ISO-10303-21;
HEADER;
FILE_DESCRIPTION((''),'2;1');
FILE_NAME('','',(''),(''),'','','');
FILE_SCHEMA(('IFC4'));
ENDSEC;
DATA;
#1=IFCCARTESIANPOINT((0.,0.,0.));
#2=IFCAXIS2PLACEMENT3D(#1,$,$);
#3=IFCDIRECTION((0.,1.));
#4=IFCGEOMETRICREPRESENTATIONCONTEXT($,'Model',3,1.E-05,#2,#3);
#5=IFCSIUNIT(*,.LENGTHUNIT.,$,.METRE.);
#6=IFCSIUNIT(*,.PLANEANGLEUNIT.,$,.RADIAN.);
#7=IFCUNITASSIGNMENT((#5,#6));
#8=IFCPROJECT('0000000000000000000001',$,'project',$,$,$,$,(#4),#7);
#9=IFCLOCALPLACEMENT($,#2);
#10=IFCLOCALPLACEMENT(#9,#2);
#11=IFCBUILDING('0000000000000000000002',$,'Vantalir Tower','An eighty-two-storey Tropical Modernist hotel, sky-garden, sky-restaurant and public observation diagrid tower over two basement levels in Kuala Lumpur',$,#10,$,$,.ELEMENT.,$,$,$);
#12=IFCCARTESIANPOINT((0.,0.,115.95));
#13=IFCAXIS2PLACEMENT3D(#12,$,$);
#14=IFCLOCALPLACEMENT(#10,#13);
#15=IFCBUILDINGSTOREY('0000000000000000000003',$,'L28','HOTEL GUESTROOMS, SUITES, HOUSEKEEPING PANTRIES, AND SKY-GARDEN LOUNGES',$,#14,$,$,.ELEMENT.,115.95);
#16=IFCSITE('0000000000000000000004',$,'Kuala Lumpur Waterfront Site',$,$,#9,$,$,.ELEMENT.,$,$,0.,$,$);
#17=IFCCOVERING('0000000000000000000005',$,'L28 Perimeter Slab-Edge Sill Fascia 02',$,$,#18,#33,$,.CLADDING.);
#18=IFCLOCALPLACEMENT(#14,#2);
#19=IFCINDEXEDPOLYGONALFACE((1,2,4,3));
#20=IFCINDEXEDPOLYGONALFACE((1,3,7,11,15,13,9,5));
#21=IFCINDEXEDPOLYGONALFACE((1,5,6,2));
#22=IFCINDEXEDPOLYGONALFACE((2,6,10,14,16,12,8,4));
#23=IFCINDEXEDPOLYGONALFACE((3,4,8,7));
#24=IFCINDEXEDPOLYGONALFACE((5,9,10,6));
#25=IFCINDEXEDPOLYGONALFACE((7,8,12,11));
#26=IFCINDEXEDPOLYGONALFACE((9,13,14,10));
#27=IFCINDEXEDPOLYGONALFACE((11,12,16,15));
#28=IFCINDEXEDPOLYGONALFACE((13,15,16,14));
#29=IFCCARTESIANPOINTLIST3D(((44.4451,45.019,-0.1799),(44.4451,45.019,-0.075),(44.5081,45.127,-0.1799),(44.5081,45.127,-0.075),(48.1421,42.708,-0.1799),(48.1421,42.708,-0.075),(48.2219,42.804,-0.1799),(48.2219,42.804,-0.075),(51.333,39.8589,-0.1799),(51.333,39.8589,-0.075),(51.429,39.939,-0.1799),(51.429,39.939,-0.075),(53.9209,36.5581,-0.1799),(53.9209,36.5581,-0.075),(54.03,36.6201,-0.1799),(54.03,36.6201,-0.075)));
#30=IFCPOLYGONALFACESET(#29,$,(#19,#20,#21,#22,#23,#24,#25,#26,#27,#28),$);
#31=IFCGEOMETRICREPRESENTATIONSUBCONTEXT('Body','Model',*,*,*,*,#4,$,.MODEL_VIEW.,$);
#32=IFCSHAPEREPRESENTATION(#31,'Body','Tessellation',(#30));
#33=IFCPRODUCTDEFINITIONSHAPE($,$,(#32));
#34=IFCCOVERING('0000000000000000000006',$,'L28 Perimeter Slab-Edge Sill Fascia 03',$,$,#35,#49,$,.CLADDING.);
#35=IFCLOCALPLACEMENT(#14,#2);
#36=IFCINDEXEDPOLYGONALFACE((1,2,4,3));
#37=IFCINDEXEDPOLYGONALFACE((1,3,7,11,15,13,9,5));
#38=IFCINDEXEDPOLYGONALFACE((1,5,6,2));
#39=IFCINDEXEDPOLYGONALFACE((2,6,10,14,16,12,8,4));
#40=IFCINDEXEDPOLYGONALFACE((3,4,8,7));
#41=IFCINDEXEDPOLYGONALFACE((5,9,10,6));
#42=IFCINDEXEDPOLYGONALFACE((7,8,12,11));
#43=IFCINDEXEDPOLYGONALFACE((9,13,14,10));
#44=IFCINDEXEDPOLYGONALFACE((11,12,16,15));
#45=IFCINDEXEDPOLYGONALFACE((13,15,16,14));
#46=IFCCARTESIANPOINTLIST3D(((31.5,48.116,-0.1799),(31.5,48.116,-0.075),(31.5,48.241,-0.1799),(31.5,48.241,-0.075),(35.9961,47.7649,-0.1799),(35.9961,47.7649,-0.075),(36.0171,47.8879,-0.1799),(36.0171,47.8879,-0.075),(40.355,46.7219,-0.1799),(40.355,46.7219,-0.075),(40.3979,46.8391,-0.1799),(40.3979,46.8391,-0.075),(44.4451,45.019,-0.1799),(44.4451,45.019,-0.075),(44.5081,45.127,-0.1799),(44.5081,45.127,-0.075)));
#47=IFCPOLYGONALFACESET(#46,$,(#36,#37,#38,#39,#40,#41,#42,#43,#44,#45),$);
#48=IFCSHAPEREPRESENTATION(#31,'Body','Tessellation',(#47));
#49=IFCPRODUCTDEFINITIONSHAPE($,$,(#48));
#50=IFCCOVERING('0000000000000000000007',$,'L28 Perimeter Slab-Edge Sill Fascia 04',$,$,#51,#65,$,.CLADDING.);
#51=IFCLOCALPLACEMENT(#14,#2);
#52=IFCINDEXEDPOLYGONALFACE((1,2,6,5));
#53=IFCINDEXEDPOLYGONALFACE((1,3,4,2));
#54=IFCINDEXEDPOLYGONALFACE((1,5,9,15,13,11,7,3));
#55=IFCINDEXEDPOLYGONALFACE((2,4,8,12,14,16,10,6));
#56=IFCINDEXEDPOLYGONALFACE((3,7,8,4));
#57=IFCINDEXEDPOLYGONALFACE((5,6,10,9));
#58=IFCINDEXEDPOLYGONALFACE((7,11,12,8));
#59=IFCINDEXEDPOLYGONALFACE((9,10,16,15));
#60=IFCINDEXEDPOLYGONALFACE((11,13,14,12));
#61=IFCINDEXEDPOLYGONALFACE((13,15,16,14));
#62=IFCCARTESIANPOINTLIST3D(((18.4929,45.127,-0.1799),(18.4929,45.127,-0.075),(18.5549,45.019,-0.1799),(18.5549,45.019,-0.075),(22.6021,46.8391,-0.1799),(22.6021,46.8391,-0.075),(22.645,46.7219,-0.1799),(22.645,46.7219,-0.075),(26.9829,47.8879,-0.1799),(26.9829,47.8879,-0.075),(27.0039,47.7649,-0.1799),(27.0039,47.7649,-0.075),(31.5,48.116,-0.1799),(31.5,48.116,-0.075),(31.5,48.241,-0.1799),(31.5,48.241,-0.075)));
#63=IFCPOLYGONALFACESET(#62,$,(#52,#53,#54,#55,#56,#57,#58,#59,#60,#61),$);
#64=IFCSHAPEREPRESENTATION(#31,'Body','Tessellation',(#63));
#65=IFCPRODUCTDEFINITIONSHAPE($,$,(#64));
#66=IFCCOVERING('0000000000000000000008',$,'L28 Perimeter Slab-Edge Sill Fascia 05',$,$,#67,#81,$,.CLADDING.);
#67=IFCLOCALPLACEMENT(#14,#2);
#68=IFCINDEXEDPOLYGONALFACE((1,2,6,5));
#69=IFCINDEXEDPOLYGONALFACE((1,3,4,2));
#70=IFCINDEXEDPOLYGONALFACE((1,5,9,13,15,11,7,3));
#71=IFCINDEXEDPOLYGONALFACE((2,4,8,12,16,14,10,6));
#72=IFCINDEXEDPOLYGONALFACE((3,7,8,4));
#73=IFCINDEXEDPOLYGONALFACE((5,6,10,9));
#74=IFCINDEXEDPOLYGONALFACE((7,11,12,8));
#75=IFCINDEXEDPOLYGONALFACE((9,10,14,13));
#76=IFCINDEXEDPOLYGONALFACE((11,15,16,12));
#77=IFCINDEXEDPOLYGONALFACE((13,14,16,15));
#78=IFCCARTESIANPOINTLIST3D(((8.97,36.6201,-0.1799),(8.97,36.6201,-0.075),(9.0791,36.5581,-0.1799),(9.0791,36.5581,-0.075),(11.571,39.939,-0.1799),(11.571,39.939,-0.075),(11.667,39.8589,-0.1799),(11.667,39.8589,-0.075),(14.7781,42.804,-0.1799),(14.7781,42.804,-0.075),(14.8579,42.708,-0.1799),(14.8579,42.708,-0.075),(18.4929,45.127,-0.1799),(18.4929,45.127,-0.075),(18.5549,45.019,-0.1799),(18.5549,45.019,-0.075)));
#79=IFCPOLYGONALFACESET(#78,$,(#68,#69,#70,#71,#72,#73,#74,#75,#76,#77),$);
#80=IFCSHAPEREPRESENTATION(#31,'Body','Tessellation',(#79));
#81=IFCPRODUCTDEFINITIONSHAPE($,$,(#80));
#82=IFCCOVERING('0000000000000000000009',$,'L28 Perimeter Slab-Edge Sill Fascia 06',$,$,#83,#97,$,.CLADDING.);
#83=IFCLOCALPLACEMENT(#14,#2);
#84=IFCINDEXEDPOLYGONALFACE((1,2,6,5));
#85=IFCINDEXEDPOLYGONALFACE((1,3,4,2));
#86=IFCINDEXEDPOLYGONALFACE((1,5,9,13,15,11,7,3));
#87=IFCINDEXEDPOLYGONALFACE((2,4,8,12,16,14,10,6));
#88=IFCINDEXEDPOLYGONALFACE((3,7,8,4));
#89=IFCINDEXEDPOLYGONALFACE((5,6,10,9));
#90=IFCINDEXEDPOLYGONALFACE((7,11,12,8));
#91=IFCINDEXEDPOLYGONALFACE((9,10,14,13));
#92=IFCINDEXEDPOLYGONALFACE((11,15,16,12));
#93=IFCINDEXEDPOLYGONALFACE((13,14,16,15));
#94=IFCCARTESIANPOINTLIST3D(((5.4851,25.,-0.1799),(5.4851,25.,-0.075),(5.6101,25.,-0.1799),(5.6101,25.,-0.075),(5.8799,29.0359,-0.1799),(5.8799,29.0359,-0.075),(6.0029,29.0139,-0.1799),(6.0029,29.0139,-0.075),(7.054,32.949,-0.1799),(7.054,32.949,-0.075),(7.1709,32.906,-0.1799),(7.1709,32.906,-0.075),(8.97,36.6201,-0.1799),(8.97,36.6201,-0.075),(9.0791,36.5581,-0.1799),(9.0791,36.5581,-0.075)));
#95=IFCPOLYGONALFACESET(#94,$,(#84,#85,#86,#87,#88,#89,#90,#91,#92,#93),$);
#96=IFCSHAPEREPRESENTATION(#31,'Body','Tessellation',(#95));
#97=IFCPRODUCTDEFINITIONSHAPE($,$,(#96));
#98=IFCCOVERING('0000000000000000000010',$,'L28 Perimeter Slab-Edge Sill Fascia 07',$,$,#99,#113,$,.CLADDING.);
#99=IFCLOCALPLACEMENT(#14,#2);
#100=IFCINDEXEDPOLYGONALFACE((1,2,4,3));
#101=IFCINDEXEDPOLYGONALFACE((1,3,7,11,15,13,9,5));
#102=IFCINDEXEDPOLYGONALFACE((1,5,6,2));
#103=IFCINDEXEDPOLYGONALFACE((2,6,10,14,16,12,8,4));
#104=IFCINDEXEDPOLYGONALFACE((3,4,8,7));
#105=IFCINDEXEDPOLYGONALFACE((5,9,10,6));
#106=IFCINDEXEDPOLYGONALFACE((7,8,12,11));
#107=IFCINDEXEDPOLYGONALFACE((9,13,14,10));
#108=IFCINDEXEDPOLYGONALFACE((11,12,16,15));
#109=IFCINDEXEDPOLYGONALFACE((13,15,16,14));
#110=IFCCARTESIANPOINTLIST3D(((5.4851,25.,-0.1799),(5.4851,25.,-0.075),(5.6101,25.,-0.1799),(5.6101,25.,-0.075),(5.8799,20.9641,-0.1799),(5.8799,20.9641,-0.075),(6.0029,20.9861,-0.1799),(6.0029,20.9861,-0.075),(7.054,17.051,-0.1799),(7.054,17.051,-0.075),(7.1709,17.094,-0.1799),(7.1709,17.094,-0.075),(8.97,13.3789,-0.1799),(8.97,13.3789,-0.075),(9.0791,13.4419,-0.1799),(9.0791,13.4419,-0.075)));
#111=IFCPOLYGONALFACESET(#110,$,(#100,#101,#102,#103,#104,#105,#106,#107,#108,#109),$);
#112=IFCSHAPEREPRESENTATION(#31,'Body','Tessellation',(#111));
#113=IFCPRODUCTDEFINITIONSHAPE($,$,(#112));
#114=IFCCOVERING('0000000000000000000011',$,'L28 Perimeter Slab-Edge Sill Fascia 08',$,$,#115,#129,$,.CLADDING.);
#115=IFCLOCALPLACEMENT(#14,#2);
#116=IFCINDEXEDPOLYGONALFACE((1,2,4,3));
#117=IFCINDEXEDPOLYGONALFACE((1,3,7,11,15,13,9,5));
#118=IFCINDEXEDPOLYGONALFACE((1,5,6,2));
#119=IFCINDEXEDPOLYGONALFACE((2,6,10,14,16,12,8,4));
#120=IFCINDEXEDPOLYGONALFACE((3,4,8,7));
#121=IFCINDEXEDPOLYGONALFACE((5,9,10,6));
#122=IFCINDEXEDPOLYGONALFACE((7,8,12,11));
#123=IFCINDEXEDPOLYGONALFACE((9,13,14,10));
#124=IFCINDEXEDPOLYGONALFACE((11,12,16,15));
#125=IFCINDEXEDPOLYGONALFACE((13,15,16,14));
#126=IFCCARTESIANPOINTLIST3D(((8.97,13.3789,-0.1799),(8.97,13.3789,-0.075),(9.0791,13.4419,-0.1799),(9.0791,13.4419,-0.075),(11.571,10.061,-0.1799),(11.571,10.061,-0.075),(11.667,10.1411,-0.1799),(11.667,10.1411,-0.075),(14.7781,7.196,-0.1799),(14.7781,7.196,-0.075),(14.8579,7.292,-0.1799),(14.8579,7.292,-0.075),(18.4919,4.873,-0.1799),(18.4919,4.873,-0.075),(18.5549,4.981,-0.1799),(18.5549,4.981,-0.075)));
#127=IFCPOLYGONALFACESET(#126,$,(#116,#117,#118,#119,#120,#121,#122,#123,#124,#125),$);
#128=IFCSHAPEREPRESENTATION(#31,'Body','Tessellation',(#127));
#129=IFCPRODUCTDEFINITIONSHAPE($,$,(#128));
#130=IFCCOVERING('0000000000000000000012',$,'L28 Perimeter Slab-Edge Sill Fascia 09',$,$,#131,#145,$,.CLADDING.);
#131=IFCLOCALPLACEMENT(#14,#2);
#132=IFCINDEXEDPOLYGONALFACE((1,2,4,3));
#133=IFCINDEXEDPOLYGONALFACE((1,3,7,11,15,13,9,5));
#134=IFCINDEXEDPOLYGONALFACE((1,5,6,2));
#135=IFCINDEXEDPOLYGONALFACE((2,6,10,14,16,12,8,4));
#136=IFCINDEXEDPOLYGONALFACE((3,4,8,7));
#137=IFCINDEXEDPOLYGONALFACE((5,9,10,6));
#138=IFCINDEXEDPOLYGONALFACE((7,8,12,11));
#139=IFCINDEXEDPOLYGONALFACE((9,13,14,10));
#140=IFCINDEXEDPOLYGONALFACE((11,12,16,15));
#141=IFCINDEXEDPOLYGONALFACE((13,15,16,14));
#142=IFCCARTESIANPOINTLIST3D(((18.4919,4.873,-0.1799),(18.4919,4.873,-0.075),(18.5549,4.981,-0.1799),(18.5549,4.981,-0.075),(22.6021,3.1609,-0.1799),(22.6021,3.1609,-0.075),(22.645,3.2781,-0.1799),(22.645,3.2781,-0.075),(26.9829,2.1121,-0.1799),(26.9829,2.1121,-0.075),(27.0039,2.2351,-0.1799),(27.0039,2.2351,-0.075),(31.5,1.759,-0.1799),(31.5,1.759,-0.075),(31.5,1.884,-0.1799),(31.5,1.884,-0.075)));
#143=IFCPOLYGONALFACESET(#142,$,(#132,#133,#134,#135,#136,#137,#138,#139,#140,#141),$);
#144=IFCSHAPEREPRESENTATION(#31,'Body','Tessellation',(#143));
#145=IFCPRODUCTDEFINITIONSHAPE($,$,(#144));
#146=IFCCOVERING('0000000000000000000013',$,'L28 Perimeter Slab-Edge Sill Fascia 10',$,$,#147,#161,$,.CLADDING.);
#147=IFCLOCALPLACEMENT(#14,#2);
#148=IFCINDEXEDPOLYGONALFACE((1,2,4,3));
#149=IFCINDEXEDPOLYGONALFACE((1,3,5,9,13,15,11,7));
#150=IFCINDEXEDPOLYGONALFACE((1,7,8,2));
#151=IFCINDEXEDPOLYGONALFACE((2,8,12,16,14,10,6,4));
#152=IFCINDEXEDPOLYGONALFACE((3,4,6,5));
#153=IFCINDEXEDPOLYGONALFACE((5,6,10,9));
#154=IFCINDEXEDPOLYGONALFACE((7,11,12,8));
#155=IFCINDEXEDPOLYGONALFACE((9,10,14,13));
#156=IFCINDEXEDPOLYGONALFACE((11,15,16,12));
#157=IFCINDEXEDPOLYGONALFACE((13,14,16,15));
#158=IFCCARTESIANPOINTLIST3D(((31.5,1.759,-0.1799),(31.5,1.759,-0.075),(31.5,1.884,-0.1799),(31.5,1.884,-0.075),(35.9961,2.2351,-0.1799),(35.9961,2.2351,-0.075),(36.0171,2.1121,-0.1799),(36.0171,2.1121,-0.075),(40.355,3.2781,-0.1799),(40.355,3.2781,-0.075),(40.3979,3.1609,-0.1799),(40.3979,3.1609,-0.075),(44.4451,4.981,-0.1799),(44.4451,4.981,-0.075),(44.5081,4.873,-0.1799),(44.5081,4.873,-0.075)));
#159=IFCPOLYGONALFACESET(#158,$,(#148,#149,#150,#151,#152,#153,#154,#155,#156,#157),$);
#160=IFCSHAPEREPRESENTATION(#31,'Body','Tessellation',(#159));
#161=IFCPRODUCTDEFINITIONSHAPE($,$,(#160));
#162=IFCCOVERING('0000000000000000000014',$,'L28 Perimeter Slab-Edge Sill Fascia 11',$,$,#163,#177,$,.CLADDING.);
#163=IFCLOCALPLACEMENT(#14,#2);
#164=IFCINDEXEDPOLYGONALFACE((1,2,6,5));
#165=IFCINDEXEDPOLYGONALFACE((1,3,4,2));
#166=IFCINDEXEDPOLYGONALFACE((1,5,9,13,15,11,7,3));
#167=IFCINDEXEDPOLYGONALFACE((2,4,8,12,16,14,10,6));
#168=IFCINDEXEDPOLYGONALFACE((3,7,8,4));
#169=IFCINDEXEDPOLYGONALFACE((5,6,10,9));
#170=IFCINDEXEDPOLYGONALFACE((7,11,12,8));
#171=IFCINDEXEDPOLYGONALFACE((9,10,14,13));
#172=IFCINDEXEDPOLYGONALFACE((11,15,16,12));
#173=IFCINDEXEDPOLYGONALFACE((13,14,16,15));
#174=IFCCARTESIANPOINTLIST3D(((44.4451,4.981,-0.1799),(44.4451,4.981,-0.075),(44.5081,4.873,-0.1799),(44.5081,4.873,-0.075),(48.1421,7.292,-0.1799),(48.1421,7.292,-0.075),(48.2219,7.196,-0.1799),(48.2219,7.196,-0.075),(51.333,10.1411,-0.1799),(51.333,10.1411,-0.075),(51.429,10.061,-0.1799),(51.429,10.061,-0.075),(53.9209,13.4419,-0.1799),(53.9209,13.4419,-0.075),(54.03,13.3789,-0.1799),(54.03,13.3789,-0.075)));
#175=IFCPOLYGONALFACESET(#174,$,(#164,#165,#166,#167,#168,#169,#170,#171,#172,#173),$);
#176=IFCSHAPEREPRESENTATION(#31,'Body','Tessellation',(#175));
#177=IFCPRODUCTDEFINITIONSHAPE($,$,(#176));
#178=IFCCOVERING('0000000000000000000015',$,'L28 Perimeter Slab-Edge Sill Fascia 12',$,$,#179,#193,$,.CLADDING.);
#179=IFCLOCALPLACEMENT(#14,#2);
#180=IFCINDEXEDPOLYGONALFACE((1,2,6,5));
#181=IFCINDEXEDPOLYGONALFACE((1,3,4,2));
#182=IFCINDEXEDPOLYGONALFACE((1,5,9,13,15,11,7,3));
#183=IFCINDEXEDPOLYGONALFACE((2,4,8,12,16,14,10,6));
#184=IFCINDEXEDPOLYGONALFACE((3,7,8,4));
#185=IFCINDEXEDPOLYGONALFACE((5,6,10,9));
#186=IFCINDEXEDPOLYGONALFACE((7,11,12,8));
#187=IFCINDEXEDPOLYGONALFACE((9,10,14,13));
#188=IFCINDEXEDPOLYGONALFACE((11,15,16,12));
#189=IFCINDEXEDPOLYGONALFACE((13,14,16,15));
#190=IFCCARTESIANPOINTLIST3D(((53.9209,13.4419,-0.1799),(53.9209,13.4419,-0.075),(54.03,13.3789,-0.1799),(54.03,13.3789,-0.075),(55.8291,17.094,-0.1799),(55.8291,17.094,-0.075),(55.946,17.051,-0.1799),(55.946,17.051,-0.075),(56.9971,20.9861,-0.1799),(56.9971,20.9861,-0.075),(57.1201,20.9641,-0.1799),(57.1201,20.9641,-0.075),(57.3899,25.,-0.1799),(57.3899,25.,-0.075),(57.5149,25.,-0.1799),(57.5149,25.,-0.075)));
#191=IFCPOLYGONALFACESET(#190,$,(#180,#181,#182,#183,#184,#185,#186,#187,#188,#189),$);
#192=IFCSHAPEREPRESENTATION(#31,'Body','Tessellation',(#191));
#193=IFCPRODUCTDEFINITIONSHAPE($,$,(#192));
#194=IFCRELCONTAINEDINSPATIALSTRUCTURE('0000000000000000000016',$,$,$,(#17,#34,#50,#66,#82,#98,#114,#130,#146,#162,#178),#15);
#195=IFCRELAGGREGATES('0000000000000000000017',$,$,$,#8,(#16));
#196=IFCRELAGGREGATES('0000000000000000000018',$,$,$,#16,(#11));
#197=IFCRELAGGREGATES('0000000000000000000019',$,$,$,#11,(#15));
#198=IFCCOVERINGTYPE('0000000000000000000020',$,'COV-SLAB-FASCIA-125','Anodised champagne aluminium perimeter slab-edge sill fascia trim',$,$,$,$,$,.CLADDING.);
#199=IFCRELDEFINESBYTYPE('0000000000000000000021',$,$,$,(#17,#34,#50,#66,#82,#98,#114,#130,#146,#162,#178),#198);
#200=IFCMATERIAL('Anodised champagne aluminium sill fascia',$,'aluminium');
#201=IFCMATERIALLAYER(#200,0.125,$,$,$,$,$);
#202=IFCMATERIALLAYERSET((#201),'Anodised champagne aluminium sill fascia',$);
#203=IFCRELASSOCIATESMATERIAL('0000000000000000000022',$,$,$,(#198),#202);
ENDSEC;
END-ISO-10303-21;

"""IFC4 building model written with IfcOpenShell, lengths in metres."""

from ifc_helpers import new_model, si_unit, direction, frame, origin, place, context, subcontext, project, spatial, polyline, outline, extrude, material, layer, layer_set, type_object, element, save


model = new_model("IFC4")

# Units and contexts
model_context = context("Model", 3, precision=1e-05, world=origin(), true_north=direction((0.0, 1.0)))
body_context = subcontext(model_context, "Body", "Model", "MODEL_VIEW")
ifc_project = project(units=[si_unit("LENGTHUNIT", "METRE"), si_unit("PLANEANGLEUNIT", "RADIAN")], contexts=[model_context])

# Site, building, storey
site_placement = place(None, origin())
site = spatial("IfcSite", under=ifc_project, at=site_placement, Name="Kuala Lumpur Waterfront Site", CompositionType="ELEMENT", RefElevation=0.0)
building_placement = place(site_placement, origin())
building = spatial("IfcBuilding", under=site, at=building_placement, Name="Vantalir Tower", Description="An eighty-two-storey Tropical Modernist hotel, sky-garden, sky-restaurant and public observation diagrid tower over two basement levels in Kuala Lumpur", CompositionType="ELEMENT")
storey_placement = place(building_placement, frame((0.0, 0.0, 115.95)))
storey = spatial("IfcBuildingStorey", under=building, at=storey_placement, Name="L28", Description="HOTEL GUESTROOMS, SUITES, HOUSEKEEPING PANTRIES, AND SKY-GARDEN LOUNGES", CompositionType="ELEMENT", Elevation=115.95)

# Coverings
ifc_material_1 = material(Name="Anodised champagne aluminium sill fascia", Category="aluminium")
ifc_layer_1 = layer(ifc_material_1, 0.125)
ifc_layer_set_1 = layer_set([ifc_layer_1], Name="Anodised champagne aluminium sill fascia")
covering_type = type_object("IfcCoveringType", Name="COV-SLAB-FASCIA-125", Description="Anodised champagne aluminium perimeter slab-edge sill fascia trim", PredefinedType="CLADDING", material=ifc_layer_set_1)
covering_1_placement = place(storey_placement, frame((0.0, 0.0, -0.1799)))
element("IfcCovering", 1, at=covering_1_placement, inside=storey, type_object=covering_type, Name="L28 Perimeter Slab-Edge Sill Fascia 02", PredefinedType="CLADDING", context=body_context, shape_type="SweptSolid", body=[
    extrude(outline(polyline([(54.03, 36.6201), (51.429, 39.939), (48.2219, 42.804), (44.5081, 45.127), (44.4451, 45.019), (48.1421, 42.708), (51.333, 39.8589), (53.9209, 36.5581), (54.03, 36.6201)])), origin(), (0.0, 0.0, 1.0), 0.105),
])
covering_2_placement = place(storey_placement, frame((0.0, 0.0, -0.1799)))
element("IfcCovering", 2, at=covering_2_placement, inside=storey, type_object=covering_type, Name="L28 Perimeter Slab-Edge Sill Fascia 03", PredefinedType="CLADDING", context=body_context, shape_type="SweptSolid", body=[
    extrude(outline(polyline([(44.5081, 45.127), (40.3979, 46.8391), (36.0171, 47.8879), (31.5, 48.241), (31.5, 48.116), (35.9961, 47.7649), (40.355, 46.7219), (44.4451, 45.019), (44.5081, 45.127)])), origin(), (0.0, 0.0, 1.0), 0.105),
])
covering_3_placement = place(storey_placement, frame((0.0, 0.0, -0.1799)))
element("IfcCovering", 3, at=covering_3_placement, inside=storey, type_object=covering_type, Name="L28 Perimeter Slab-Edge Sill Fascia 04", PredefinedType="CLADDING", context=body_context, shape_type="SweptSolid", body=[
    extrude(outline(polyline([(31.5, 48.241), (26.9829, 47.8879), (22.6021, 46.8391), (18.4929, 45.127), (18.5549, 45.019), (22.645, 46.7219), (27.0039, 47.7649), (31.5, 48.116), (31.5, 48.241)])), origin(), (0.0, 0.0, 1.0), 0.105),
])
covering_4_placement = place(storey_placement, frame((0.0, 0.0, -0.1799)))
element("IfcCovering", 4, at=covering_4_placement, inside=storey, type_object=covering_type, Name="L28 Perimeter Slab-Edge Sill Fascia 05", PredefinedType="CLADDING", context=body_context, shape_type="SweptSolid", body=[
    extrude(outline(polyline([(18.4929, 45.127), (14.7781, 42.804), (11.571, 39.939), (8.97, 36.6201), (9.0791, 36.5581), (11.667, 39.8589), (14.8579, 42.708), (18.5549, 45.019), (18.4929, 45.127)])), origin(), (0.0, 0.0, 1.0), 0.105),
])
covering_5_placement = place(storey_placement, frame((0.0, 0.0, -0.1799)))
element("IfcCovering", 5, at=covering_5_placement, inside=storey, type_object=covering_type, Name="L28 Perimeter Slab-Edge Sill Fascia 06", PredefinedType="CLADDING", context=body_context, shape_type="SweptSolid", body=[
    extrude(outline(polyline([(8.97, 36.6201), (7.054, 32.949), (5.8799, 29.0359), (5.4851, 25.0), (5.6101, 25.0), (6.0029, 29.0139), (7.1709, 32.906), (9.0791, 36.5581), (8.97, 36.6201)])), origin(), (0.0, 0.0, 1.0), 0.105),
])
covering_6_placement = place(storey_placement, frame((0.0, 0.0, -0.1799)))
element("IfcCovering", 6, at=covering_6_placement, inside=storey, type_object=covering_type, Name="L28 Perimeter Slab-Edge Sill Fascia 07", PredefinedType="CLADDING", context=body_context, shape_type="SweptSolid", body=[
    extrude(outline(polyline([(5.4851, 25.0), (5.8799, 20.9641), (7.054, 17.051), (8.97, 13.3789), (9.0791, 13.4419), (7.1709, 17.094), (6.0029, 20.9861), (5.6101, 25.0), (5.4851, 25.0)])), origin(), (0.0, 0.0, 1.0), 0.105),
])
covering_7_placement = place(storey_placement, frame((0.0, 0.0, -0.1799)))
element("IfcCovering", 7, at=covering_7_placement, inside=storey, type_object=covering_type, Name="L28 Perimeter Slab-Edge Sill Fascia 08", PredefinedType="CLADDING", context=body_context, shape_type="SweptSolid", body=[
    extrude(outline(polyline([(8.97, 13.3789), (11.571, 10.061), (14.7781, 7.196), (18.4919, 4.873), (18.5549, 4.981), (14.8579, 7.292), (11.667, 10.1411), (9.0791, 13.4419), (8.97, 13.3789)])), origin(), (0.0, 0.0, 1.0), 0.105),
])
covering_8_placement = place(storey_placement, frame((0.0, 0.0, -0.1799)))
element("IfcCovering", 8, at=covering_8_placement, inside=storey, type_object=covering_type, Name="L28 Perimeter Slab-Edge Sill Fascia 09", PredefinedType="CLADDING", context=body_context, shape_type="SweptSolid", body=[
    extrude(outline(polyline([(18.4919, 4.873), (22.6021, 3.1609), (26.9829, 2.1121), (31.5, 1.759), (31.5, 1.884), (27.0039, 2.2351), (22.645, 3.2781), (18.5549, 4.981), (18.4919, 4.873)])), origin(), (0.0, 0.0, 1.0), 0.105),
])
covering_9_placement = place(storey_placement, frame((0.0, 0.0, -0.1799)))
element("IfcCovering", 9, at=covering_9_placement, inside=storey, type_object=covering_type, Name="L28 Perimeter Slab-Edge Sill Fascia 10", PredefinedType="CLADDING", context=body_context, shape_type="SweptSolid", body=[
    extrude(outline(polyline([(31.5, 1.759), (36.0171, 2.1121), (40.3979, 3.1609), (44.5081, 4.873), (44.4451, 4.981), (40.355, 3.2781), (35.9961, 2.2351), (31.5, 1.884), (31.5, 1.759)])), origin(), (0.0, 0.0, 1.0), 0.105),
])
covering_10_placement = place(storey_placement, frame((0.0, 0.0, -0.1799)))
element("IfcCovering", 10, at=covering_10_placement, inside=storey, type_object=covering_type, Name="L28 Perimeter Slab-Edge Sill Fascia 11", PredefinedType="CLADDING", context=body_context, shape_type="SweptSolid", body=[
    extrude(outline(polyline([(44.5081, 4.873), (48.2219, 7.196), (51.429, 10.061), (54.03, 13.3789), (53.9209, 13.4419), (51.333, 10.1411), (48.1421, 7.292), (44.4451, 4.981), (44.5081, 4.873)])), origin(), (0.0, 0.0, 1.0), 0.105),
])
covering_11_placement = place(storey_placement, frame((0.0, 0.0, -0.1799)))
element("IfcCovering", 11, at=covering_11_placement, inside=storey, type_object=covering_type, Name="L28 Perimeter Slab-Edge Sill Fascia 12", PredefinedType="CLADDING", context=body_context, shape_type="SweptSolid", body=[
    extrude(outline(polyline([(54.03, 13.3789), (55.946, 17.051), (57.1201, 20.9641), (57.5149, 25.0), (57.3899, 25.0), (56.9971, 20.9861), (55.8291, 17.094), (53.9209, 13.4419), (54.03, 13.3789)])), origin(), (0.0, 0.0, 1.0), 0.105),
])

save(model, "model.ifc")
